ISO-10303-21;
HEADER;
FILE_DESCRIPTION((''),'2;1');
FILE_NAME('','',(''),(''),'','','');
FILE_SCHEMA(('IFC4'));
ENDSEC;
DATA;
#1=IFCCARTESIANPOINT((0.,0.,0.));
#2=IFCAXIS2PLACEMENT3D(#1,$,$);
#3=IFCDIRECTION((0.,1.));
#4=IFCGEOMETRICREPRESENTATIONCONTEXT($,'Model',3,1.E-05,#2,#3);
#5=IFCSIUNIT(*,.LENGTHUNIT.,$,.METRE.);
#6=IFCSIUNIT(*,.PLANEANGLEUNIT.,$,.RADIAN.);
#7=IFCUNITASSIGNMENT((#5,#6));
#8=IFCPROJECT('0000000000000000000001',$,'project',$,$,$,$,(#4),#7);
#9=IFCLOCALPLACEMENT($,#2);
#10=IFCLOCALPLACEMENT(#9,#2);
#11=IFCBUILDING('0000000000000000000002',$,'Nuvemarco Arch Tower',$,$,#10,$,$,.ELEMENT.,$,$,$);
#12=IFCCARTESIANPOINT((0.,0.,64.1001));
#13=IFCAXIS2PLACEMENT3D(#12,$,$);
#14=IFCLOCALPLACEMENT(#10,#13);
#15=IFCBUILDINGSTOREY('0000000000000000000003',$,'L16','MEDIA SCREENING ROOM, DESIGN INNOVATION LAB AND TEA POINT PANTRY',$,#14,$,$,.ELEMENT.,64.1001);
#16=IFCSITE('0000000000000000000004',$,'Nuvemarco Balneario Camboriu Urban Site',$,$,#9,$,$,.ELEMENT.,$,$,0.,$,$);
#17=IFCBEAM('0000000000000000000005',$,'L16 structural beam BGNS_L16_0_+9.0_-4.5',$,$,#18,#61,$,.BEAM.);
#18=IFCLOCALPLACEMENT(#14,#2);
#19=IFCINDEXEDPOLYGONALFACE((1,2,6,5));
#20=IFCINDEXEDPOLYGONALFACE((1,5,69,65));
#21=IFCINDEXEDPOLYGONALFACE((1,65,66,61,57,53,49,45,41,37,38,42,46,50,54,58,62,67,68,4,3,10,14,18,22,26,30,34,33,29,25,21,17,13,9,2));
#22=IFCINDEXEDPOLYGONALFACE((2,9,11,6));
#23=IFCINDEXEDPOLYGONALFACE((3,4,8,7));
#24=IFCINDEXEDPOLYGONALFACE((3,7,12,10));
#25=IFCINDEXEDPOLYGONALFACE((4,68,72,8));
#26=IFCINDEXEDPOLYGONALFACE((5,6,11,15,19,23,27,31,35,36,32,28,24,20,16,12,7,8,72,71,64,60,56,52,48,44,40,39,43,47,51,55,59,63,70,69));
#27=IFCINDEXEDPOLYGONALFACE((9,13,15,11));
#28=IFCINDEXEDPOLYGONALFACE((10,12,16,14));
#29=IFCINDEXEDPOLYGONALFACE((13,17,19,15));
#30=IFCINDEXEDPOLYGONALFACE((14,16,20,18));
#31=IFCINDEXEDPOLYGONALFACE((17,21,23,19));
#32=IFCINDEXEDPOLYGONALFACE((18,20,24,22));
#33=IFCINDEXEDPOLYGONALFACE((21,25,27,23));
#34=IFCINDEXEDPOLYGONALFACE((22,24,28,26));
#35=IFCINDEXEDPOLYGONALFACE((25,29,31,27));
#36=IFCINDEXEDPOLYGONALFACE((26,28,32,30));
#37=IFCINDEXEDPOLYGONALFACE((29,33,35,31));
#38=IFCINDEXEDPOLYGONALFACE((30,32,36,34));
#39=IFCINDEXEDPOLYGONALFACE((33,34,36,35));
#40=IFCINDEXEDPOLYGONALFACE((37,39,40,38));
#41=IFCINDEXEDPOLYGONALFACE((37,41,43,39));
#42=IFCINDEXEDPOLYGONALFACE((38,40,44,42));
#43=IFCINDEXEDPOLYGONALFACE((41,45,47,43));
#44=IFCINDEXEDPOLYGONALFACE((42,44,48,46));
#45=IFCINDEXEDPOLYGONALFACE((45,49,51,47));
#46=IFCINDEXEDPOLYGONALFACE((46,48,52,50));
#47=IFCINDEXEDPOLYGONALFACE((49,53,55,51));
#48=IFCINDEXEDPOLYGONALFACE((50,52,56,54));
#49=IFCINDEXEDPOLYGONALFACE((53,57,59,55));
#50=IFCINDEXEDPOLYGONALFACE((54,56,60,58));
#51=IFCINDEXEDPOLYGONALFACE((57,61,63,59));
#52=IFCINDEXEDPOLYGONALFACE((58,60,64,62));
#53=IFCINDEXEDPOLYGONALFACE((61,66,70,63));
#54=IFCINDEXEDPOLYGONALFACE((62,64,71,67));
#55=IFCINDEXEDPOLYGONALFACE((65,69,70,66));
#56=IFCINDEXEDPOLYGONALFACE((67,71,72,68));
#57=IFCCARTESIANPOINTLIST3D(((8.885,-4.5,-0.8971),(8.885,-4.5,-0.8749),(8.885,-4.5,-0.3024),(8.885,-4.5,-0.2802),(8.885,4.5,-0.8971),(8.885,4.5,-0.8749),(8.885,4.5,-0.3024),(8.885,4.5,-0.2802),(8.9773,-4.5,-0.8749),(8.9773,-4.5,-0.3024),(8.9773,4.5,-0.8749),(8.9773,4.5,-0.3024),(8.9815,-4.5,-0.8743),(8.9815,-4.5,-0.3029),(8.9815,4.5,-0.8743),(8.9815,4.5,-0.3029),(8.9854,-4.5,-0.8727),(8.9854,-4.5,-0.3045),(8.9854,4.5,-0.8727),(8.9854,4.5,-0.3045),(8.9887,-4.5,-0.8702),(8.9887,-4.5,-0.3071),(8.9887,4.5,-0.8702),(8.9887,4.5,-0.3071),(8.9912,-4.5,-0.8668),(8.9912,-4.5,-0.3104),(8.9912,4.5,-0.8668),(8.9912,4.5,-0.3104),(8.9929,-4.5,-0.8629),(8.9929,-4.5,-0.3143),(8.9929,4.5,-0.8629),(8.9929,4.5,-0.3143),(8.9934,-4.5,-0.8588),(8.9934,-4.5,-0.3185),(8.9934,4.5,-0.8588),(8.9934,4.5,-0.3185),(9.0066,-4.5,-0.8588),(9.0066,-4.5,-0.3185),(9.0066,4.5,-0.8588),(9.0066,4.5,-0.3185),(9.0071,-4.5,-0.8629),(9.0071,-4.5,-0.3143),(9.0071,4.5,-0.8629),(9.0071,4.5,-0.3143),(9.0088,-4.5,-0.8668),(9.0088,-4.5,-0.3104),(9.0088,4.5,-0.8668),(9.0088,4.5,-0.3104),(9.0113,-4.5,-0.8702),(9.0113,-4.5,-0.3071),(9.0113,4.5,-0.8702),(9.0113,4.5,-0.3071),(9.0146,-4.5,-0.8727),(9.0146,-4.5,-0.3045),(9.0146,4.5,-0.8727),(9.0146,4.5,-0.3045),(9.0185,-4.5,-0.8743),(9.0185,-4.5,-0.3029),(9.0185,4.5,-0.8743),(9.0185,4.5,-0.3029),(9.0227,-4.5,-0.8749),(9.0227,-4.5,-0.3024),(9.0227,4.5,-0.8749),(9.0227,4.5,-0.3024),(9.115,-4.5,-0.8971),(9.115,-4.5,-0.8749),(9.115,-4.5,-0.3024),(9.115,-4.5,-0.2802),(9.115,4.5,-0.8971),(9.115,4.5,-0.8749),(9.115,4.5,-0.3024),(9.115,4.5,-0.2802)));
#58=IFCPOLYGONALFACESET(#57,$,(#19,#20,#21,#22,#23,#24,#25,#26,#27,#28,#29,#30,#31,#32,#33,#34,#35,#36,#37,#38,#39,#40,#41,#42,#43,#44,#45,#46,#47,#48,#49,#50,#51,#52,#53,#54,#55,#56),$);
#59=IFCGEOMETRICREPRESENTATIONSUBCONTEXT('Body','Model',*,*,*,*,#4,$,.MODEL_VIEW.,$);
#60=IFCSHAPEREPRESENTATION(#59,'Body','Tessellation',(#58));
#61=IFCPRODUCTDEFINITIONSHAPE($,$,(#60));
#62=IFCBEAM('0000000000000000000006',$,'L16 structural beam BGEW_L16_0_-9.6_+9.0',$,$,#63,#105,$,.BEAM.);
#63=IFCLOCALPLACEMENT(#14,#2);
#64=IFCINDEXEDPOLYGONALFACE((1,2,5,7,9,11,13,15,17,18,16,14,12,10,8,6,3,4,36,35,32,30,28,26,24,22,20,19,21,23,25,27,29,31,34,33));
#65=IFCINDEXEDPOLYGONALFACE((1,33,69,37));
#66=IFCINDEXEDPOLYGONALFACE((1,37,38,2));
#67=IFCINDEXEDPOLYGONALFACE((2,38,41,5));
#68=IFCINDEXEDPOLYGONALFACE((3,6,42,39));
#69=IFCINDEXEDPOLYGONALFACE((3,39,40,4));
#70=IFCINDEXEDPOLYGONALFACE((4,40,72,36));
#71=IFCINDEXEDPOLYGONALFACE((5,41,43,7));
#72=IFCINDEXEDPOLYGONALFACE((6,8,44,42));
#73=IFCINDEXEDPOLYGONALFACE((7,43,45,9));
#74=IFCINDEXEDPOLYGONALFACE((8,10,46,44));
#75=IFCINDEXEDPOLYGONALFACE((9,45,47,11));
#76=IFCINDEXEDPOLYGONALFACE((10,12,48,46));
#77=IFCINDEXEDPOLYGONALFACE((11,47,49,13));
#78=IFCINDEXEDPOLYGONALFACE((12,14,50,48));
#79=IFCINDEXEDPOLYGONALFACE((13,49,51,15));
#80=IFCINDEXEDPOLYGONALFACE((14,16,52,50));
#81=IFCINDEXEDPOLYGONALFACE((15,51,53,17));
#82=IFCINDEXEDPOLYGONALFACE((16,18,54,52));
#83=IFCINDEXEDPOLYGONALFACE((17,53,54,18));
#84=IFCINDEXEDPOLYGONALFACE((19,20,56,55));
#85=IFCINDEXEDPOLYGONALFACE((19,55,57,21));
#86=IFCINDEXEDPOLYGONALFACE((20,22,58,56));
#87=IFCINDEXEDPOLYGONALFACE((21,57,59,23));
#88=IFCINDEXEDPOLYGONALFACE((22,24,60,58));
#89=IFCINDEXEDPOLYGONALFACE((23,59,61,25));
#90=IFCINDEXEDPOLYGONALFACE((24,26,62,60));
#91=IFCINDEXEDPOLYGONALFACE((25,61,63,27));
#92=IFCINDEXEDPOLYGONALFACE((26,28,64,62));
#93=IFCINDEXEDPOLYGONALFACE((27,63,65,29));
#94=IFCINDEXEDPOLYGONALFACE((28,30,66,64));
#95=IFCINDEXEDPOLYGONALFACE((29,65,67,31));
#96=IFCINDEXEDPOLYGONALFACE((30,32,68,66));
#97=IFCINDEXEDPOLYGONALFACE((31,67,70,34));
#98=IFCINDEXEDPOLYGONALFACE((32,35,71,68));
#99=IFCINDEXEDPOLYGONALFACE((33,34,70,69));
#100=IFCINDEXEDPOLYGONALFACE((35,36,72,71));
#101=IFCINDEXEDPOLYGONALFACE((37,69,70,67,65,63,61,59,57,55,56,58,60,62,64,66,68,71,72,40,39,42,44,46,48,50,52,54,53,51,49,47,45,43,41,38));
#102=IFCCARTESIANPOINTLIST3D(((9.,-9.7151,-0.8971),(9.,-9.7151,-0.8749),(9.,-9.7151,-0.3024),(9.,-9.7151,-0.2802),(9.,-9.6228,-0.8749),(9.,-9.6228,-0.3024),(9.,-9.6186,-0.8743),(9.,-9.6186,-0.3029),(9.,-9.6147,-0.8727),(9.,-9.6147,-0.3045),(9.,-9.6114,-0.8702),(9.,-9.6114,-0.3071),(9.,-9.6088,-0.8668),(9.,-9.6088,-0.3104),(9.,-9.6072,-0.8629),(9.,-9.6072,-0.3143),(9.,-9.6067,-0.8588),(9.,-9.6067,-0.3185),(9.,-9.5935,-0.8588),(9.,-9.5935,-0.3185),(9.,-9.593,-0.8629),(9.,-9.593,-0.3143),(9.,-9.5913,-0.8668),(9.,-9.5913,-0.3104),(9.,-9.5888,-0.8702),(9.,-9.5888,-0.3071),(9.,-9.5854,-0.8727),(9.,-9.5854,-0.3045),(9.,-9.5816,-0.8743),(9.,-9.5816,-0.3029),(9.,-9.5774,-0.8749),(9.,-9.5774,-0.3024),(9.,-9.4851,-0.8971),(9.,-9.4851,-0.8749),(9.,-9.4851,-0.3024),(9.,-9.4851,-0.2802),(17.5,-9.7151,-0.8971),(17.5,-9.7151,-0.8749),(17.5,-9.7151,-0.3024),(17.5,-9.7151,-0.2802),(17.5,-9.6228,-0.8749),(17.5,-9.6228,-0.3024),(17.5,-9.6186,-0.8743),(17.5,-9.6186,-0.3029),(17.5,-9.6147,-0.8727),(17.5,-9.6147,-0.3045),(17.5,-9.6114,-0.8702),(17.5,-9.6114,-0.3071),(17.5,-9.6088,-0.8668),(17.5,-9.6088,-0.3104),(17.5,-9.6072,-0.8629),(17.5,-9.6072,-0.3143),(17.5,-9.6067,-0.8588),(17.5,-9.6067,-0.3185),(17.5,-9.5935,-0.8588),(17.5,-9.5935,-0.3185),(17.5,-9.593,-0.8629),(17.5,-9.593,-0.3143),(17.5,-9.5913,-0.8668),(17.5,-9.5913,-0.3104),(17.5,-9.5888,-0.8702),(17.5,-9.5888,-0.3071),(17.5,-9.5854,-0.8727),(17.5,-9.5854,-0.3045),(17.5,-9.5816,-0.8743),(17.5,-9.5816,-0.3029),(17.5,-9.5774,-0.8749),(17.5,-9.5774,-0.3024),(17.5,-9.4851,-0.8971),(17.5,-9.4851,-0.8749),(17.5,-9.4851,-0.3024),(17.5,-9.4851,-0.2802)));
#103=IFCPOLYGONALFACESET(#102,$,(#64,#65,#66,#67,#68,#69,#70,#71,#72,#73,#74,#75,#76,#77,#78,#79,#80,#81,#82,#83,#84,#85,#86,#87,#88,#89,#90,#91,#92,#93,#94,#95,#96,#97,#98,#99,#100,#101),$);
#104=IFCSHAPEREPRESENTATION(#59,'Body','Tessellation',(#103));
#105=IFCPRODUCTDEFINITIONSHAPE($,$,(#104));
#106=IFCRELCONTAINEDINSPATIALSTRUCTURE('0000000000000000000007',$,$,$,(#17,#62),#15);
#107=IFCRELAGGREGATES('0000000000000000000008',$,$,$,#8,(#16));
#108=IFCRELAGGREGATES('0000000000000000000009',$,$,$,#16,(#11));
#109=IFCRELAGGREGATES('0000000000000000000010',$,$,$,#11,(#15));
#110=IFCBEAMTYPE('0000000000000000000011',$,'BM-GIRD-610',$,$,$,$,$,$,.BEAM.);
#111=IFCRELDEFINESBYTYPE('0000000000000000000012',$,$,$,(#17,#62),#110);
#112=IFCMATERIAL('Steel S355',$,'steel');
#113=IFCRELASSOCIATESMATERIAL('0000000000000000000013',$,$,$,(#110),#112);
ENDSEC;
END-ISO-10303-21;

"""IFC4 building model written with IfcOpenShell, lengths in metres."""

from ifc_helpers import new_model, si_unit, direction, frame, origin, origin_2d, place, context, subcontext, project, spatial, i_section, extrude, material, material_profile, profile_set, type_object, element, save


model = new_model("IFC4")

# Units and contexts
model_context = context("Model", 3, precision=1e-05, world=origin(), true_north=direction((0.0, 1.0)))
body_context = subcontext(model_context, "Body", "Model", "MODEL_VIEW")
ifc_project = project(units=[si_unit("LENGTHUNIT", "METRE"), si_unit("PLANEANGLEUNIT", "RADIAN")], contexts=[model_context])

# Site, building, storey
site_placement = place(None, origin())
site = spatial("IfcSite", under=ifc_project, at=site_placement, Name="Nuvemarco Balneario Camboriu Urban Site", CompositionType="ELEMENT", RefElevation=0.0)
building_placement = place(site_placement, origin())
building = spatial("IfcBuilding", under=site, at=building_placement, Name="Nuvemarco Arch Tower", CompositionType="ELEMENT")
storey_placement = place(building_placement, frame((0.0, 0.0, 64.1001)))
storey = spatial("IfcBuildingStorey", under=building, at=storey_placement, Name="L16", Description="MEDIA SCREENING ROOM, DESIGN INNOVATION LAB AND TEA POINT PANTRY", CompositionType="ELEMENT", Elevation=64.1001)

# Shared definitions
ifc_material_1 = material(Name="Steel S355", Category="steel")

# Beams
ifc_material_profile_1 = material_profile(ifc_material_1, i_section(OverallWidth=0.23, OverallDepth=0.6169, WebThickness=0.0132, FlangeThickness=0.0222, FilletRadius=0.0161, at=origin_2d()), Name="W610x140")
ifc_profile_set_1 = profile_set([ifc_material_profile_1], Name="Steel S355")
beam_type_1 = type_object("IfcBeamType", Name="BM-GIRD-610", PredefinedType="BEAM", material=ifc_profile_set_1)
beam_1_placement = place(storey_placement, frame((9.0, -4.5, -0.5886), z_axis=(0.0, 1.0, 0.0), x_axis=(-1.0, 0.0, 0.0)))
element("IfcBeam", 1, at=beam_1_placement, inside=storey, type_object=beam_type_1, Name="L16 structural beam BGNS_L16_0_+9.0_-4.5", PredefinedType="BEAM", context=body_context, shape_type="SweptSolid", body=[
    extrude(i_section(OverallWidth=0.23, OverallDepth=0.6169, WebThickness=0.0132, FlangeThickness=0.0222, FilletRadius=0.0161, at=origin_2d()), origin(), (0.0, 0.0, 1.0), 9.0),
])
beam_2_placement = place(storey_placement, frame((9.0, -9.6001, -0.5886), z_axis=(1.0, 0.0, 0.0), x_axis=(0.0, 1.0, 0.0)))
element("IfcBeam", 2, at=beam_2_placement, inside=storey, type_object=beam_type_1, Name="L16 structural beam BGEW_L16_0_-9.6_+9.0", PredefinedType="BEAM", context=body_context, shape_type="SweptSolid", body=[
    extrude(i_section(OverallWidth=0.23, OverallDepth=0.6169, WebThickness=0.0132, FlangeThickness=0.0222, FilletRadius=0.0161, at=origin_2d()), origin(), (0.0, 0.0, 1.0), 8.5),
])

save(model, "model.ifc")
